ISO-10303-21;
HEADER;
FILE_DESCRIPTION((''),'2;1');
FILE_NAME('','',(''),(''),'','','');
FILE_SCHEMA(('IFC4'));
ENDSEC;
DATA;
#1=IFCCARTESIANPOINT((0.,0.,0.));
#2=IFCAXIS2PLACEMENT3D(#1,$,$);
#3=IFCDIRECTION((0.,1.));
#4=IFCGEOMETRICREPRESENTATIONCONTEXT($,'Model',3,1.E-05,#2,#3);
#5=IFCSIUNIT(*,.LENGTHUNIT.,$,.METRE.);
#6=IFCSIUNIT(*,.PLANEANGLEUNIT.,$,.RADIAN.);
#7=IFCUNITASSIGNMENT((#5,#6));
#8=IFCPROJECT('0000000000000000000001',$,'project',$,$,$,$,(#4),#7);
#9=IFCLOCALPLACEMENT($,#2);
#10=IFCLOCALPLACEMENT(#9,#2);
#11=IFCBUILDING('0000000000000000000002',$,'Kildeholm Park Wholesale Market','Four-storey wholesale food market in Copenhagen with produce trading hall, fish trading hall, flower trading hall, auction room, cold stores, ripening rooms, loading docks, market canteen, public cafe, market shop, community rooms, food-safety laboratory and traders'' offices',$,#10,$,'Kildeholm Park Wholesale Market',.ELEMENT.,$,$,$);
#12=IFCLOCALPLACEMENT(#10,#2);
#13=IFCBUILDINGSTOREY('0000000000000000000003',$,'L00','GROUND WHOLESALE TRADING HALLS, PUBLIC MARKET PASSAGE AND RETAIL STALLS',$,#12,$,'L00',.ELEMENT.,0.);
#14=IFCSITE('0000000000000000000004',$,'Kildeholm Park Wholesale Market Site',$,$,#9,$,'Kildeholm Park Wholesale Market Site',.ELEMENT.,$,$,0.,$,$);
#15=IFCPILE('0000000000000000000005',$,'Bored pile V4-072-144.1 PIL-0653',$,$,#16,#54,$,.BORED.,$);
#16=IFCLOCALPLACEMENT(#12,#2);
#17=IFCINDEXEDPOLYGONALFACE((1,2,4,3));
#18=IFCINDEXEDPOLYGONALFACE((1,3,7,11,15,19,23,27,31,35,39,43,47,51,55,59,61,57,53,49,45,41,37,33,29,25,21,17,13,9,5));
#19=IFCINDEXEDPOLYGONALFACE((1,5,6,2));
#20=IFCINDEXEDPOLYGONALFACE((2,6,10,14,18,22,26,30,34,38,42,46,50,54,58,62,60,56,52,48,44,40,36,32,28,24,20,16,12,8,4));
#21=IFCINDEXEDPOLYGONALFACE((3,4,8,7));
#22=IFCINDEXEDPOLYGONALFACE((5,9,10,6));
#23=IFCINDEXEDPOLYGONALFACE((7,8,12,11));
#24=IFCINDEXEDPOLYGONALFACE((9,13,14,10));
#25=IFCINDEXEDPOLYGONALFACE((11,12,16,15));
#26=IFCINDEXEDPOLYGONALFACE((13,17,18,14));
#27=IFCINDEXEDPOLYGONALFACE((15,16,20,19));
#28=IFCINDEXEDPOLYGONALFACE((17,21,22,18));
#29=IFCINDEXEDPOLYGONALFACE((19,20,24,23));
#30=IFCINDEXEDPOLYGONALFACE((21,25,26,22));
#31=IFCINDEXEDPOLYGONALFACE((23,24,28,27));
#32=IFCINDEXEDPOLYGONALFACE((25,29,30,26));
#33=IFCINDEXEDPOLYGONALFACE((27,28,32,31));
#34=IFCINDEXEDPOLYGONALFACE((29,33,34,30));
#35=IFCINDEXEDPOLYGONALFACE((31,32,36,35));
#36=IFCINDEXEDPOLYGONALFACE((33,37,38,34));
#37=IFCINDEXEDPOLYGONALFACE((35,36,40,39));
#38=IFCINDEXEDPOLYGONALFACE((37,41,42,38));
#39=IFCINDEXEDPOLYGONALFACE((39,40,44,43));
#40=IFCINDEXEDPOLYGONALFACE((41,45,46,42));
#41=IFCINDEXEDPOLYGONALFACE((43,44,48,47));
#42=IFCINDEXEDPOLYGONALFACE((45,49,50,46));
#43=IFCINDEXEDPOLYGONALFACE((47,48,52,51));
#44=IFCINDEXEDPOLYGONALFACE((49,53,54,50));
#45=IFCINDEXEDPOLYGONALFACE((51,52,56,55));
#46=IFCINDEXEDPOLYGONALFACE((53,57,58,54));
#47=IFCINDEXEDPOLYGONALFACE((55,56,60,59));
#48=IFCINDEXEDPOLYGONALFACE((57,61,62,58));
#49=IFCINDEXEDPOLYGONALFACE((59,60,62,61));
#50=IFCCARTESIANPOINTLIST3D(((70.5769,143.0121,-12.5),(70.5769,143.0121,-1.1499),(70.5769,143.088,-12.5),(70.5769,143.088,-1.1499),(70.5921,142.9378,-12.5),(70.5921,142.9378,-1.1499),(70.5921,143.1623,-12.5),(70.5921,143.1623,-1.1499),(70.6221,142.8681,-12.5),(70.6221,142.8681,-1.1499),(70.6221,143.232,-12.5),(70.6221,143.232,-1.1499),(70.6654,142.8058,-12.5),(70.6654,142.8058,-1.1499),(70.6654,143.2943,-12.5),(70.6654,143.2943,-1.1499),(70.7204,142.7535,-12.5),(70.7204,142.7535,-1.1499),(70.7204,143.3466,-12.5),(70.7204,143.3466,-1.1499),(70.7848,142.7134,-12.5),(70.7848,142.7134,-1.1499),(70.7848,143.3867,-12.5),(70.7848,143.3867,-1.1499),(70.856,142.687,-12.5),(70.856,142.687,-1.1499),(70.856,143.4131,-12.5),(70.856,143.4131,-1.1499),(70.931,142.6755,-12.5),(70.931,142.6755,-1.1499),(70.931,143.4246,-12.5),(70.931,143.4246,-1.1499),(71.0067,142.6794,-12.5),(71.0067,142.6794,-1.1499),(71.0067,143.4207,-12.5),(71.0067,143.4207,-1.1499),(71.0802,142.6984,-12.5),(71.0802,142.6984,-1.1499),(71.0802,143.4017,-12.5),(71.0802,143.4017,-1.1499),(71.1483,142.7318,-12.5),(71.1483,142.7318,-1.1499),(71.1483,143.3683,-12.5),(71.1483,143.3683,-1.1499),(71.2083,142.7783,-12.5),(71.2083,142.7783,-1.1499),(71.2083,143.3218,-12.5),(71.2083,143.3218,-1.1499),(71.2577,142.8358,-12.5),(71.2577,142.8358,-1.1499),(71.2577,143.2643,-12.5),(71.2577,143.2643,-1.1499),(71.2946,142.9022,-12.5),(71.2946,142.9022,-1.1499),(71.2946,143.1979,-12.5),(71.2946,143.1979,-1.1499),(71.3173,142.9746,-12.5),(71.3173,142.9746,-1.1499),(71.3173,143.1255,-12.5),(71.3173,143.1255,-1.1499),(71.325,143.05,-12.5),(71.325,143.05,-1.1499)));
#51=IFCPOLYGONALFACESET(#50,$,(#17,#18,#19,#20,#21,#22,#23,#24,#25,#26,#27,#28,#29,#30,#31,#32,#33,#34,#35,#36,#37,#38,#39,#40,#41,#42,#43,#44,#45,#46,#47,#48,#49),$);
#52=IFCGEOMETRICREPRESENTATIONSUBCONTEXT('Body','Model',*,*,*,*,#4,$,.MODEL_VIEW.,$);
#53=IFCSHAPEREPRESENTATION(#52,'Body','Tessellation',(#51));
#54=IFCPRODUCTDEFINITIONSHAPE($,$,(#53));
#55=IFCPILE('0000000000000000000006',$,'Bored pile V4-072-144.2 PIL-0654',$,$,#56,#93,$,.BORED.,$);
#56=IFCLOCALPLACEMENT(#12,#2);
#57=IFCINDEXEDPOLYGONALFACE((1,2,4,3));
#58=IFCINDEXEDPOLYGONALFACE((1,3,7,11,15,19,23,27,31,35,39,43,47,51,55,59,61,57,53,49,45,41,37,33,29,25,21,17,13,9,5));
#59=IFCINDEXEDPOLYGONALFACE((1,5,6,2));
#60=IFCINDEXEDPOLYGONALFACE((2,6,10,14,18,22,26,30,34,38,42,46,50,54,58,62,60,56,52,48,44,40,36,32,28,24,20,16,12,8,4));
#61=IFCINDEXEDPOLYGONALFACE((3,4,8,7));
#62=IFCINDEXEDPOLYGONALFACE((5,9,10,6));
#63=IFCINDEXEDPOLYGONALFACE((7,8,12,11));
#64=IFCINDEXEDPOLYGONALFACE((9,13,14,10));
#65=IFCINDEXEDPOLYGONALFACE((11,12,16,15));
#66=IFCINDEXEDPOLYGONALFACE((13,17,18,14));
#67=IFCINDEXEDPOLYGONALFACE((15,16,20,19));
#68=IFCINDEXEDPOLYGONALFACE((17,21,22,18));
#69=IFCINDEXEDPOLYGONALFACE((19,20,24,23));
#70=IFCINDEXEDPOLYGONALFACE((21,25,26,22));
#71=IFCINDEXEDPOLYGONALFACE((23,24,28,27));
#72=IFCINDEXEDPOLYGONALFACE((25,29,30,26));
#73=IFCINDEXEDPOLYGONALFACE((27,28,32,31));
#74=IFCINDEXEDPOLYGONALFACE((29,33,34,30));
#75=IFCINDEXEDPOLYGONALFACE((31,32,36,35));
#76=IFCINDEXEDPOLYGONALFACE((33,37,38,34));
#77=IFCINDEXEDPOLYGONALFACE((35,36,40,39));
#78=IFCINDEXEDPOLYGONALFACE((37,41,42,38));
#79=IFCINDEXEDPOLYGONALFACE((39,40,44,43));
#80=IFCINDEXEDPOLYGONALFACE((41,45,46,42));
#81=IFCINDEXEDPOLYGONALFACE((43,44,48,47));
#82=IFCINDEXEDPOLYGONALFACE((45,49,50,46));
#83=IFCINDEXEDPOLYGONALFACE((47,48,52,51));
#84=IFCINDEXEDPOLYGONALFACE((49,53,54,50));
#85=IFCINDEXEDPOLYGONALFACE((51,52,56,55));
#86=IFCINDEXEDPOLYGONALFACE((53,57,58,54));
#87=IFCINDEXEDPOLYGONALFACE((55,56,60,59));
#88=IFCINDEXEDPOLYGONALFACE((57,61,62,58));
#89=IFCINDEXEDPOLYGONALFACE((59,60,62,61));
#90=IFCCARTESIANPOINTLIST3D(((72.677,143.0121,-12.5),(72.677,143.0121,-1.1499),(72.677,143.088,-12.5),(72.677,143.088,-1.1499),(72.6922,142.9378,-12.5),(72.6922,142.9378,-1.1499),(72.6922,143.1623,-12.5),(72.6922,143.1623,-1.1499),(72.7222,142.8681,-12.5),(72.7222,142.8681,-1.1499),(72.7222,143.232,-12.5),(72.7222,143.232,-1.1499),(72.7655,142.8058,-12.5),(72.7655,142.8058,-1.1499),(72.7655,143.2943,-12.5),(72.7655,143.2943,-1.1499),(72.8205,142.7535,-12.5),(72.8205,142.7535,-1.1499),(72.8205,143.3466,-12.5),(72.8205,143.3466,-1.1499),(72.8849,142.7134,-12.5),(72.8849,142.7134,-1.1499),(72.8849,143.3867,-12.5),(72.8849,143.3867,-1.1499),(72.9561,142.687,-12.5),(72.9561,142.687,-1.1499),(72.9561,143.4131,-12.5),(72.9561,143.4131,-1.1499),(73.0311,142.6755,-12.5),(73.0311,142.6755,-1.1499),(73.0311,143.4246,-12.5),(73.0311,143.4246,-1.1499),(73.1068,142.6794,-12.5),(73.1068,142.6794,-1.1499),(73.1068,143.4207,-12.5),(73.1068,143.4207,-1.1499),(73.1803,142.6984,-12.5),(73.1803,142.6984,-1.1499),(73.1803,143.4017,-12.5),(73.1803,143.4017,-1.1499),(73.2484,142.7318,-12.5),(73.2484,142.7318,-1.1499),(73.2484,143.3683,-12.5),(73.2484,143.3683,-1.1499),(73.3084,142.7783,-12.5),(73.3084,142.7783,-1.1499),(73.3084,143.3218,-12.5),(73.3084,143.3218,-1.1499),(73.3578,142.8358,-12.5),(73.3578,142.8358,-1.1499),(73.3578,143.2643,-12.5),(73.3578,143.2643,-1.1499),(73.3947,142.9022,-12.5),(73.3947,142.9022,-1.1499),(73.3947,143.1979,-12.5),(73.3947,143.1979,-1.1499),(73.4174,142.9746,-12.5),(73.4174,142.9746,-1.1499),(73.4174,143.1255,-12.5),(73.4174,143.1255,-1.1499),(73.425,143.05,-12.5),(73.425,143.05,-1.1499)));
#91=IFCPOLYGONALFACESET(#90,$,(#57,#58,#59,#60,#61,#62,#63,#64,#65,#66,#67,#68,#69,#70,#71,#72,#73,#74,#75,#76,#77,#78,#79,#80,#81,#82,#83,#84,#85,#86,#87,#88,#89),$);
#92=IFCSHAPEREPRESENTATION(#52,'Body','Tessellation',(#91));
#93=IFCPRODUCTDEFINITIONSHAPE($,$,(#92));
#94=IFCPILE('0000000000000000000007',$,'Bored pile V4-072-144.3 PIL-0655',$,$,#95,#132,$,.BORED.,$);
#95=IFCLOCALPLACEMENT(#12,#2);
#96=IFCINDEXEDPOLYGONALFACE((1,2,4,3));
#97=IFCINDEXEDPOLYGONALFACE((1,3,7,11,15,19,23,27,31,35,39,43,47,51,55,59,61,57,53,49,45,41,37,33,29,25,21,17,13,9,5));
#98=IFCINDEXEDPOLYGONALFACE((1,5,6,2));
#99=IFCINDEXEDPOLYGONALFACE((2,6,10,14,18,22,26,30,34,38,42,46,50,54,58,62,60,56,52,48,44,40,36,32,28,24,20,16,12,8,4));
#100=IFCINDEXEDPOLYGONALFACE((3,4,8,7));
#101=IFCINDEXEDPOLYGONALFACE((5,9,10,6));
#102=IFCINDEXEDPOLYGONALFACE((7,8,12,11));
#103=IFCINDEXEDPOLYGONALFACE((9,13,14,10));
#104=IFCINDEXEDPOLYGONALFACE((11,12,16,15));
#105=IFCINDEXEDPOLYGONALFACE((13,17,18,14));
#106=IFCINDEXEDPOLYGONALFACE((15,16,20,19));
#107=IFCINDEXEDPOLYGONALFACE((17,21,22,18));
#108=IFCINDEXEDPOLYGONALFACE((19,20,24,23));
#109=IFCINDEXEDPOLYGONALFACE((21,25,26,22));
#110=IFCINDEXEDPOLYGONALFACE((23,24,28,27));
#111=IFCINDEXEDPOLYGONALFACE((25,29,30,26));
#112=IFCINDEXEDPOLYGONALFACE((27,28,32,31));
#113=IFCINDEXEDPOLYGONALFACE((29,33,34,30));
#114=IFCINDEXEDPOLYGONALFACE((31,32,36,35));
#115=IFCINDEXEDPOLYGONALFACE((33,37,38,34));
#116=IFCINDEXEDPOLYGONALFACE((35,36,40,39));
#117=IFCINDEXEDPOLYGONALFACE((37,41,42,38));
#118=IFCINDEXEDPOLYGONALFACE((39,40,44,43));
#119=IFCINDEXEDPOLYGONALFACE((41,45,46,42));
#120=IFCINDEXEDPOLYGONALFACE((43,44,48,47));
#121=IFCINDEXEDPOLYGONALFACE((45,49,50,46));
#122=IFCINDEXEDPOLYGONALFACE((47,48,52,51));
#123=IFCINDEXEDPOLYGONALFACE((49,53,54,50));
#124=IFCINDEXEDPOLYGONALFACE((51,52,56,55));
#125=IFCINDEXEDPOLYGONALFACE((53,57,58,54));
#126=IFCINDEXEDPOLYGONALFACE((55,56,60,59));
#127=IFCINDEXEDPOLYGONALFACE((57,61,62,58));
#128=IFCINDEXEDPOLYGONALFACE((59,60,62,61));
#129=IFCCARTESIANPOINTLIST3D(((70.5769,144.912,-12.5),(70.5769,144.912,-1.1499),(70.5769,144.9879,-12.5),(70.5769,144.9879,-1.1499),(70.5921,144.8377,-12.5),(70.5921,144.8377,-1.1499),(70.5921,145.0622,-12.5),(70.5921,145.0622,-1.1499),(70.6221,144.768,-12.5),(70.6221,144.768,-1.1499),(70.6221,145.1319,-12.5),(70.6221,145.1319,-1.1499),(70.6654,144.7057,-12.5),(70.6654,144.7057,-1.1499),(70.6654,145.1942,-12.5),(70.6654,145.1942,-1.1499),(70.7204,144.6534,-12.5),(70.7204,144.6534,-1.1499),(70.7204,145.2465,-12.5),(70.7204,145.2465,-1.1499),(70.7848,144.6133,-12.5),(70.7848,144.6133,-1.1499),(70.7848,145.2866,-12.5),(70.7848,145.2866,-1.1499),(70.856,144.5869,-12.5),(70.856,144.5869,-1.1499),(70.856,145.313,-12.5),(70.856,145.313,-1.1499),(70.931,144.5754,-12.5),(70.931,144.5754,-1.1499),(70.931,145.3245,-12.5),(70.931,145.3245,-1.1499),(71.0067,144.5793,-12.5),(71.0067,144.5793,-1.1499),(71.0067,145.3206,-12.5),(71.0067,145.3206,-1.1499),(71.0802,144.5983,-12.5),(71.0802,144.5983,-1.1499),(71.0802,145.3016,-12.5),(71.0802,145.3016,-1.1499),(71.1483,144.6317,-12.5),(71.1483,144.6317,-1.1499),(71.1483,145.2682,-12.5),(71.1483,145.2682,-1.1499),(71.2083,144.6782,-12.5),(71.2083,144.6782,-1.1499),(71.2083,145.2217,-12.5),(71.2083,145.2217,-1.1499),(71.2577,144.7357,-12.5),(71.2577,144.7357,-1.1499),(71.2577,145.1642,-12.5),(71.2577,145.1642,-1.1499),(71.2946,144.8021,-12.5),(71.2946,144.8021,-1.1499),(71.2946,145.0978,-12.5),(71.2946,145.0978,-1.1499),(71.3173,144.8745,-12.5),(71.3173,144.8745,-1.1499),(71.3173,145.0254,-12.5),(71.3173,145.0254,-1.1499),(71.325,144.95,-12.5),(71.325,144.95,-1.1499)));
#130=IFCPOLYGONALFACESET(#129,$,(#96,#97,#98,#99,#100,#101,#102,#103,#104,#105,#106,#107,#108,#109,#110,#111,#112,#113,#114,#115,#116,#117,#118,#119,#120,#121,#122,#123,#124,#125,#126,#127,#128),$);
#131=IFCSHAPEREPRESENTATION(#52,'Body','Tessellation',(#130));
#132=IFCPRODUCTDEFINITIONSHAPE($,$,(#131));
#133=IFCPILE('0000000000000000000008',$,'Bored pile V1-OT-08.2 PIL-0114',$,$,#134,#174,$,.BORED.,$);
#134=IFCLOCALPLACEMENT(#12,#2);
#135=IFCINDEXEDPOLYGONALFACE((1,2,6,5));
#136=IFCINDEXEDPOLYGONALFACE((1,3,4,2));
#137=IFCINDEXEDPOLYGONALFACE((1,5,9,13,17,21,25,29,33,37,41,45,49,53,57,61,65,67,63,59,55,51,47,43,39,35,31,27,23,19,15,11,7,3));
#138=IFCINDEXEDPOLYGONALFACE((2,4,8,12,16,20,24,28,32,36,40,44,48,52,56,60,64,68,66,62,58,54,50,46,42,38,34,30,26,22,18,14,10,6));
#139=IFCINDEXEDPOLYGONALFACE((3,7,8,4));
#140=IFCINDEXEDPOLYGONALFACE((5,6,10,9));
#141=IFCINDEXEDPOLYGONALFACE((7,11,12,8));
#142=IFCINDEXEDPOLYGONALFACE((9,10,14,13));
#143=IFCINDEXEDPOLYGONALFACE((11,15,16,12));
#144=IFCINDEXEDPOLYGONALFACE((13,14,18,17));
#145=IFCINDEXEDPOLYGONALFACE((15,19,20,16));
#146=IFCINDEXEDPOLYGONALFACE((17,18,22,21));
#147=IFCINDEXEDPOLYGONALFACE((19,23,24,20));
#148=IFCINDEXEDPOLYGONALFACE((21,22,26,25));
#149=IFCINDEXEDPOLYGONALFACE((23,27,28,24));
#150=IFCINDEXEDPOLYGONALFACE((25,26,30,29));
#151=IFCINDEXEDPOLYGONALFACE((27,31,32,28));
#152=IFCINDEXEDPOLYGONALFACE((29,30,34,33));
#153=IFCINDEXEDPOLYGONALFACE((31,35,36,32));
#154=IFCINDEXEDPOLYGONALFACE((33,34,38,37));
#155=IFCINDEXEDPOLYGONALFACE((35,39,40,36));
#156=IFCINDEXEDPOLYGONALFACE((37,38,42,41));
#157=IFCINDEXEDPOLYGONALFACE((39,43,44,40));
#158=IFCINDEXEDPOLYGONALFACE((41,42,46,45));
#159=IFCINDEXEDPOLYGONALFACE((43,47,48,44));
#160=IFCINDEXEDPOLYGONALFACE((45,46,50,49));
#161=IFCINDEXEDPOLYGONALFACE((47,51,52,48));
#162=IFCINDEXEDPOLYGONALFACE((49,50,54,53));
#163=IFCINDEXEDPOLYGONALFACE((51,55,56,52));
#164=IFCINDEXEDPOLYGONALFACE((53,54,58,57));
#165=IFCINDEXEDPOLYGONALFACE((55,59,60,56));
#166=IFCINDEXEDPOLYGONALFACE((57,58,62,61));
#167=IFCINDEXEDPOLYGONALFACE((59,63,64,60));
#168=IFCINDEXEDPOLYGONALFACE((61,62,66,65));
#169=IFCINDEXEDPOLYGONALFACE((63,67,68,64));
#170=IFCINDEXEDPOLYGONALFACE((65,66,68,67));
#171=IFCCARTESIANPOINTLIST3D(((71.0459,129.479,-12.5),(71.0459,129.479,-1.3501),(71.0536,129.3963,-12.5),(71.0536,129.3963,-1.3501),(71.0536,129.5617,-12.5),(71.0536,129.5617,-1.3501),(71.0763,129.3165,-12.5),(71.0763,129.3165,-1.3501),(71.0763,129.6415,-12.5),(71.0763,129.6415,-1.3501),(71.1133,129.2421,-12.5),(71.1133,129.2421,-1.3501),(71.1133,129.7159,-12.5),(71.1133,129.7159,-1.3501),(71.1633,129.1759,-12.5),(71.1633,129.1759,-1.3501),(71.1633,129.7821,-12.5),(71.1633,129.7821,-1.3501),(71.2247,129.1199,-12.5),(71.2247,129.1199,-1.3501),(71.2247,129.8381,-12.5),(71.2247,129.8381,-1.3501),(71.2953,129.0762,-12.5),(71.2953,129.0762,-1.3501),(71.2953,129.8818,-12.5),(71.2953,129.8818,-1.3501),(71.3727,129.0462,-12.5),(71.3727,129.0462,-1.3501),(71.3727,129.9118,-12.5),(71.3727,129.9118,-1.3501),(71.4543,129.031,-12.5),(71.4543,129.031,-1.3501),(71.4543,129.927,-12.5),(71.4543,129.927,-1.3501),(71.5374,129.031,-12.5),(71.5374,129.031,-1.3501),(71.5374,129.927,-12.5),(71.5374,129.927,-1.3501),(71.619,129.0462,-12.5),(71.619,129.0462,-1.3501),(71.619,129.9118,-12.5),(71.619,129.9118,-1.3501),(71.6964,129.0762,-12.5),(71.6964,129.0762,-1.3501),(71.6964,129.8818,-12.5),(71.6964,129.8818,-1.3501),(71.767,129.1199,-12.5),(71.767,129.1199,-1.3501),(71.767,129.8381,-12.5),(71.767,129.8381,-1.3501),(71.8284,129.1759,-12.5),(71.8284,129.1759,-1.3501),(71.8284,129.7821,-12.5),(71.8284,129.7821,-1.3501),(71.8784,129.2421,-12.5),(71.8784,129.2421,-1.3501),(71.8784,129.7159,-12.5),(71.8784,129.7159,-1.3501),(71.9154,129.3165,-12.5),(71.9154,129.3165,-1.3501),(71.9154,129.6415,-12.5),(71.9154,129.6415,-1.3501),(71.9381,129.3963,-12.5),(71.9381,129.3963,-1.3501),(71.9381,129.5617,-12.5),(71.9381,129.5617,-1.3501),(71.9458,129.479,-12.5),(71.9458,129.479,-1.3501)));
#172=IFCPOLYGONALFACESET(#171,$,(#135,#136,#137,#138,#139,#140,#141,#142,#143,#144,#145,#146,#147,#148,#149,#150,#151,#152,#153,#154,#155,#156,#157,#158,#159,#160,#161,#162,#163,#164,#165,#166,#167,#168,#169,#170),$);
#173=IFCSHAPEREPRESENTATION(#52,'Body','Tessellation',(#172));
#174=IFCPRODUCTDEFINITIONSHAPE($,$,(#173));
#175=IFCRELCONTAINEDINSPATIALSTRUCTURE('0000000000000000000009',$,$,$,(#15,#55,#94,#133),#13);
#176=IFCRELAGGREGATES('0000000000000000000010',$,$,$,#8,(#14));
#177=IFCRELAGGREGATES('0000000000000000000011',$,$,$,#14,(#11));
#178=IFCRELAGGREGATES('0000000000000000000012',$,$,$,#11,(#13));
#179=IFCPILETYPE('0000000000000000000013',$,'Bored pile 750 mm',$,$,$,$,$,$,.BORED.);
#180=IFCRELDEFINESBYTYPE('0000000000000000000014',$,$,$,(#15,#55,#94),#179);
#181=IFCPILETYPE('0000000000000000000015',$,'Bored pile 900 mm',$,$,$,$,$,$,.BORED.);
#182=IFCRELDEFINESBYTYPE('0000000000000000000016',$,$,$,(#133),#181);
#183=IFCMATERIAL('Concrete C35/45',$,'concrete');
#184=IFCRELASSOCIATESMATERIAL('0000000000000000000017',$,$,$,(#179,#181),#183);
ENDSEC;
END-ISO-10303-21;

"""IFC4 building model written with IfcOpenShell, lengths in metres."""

from ifc_helpers import new_model, si_unit, direction, frame, origin, origin_2d, place, context, subcontext, project, spatial, circle, extrude, material, material_profile, profile_set, type_object, element, save


model = new_model("IFC4")

# Units and contexts
model_context = context("Model", 3, precision=1e-05, world=origin(), true_north=direction((0.0, 1.0)))
body_context = subcontext(model_context, "Body", "Model", "MODEL_VIEW")
ifc_project = project(units=[si_unit("LENGTHUNIT", "METRE"), si_unit("PLANEANGLEUNIT", "RADIAN")], contexts=[model_context])

# Site, building, storey
site_placement = place(None, origin())
site = spatial("IfcSite", under=ifc_project, at=site_placement, Name="Kildeholm Park Wholesale Market Site", LongName="Kildeholm Park Wholesale Market Site", CompositionType="ELEMENT", RefElevation=0.0)
building_placement = place(site_placement, origin())
building = spatial("IfcBuilding", under=site, at=building_placement, Name="Kildeholm Park Wholesale Market", Description="Four-storey wholesale food market in Copenhagen with produce trading hall, fish trading hall, flower trading hall, auction room, cold stores, ripening rooms, loading docks, market canteen, public cafe, market shop, community rooms, food-safety laboratory and traders' offices", LongName="Kildeholm Park Wholesale Market", CompositionType="ELEMENT")
storey_placement = place(building_placement, origin())
storey = spatial("IfcBuildingStorey", under=building, at=storey_placement, Name="L00", Description="GROUND WHOLESALE TRADING HALLS, PUBLIC MARKET PASSAGE AND RETAIL STALLS", LongName="L00", CompositionType="ELEMENT", Elevation=0.0)

# Piles
ifc_material_1 = material(Name="Concrete C35/45", Category="concrete")
ifc_material_profile_1 = material_profile(ifc_material_1, circle(Radius=0.375, at=origin_2d()), Name="PILE D750")
ifc_profile_set_1 = profile_set([ifc_material_profile_1], Name="Concrete C35/45")
pile_type_1 = type_object("IfcPileType", Name="Bored pile 750 mm", PredefinedType="BORED", material=ifc_profile_set_1)
for number, where, z_axis, x_axis, name in (
    (1, (70.95, 143.05, -1.1499), (0.0, 0.0, -1.0), (1.0, 0.0, 0.0), "Bored pile V4-072-144.1 PIL-0653"),
    (2, (73.05, 143.05, -1.1499), (0.0, 0.0, -1.0), (1.0, 0.0, 0.0), "Bored pile V4-072-144.2 PIL-0654"),
    (3, (70.95, 144.95, -1.1499), (0.0, 0.0, -1.0), (1.0, 0.0, 0.0), "Bored pile V4-072-144.3 PIL-0655"),
):
    element("IfcPile", number, at=place(storey_placement, frame(where, z_axis=z_axis, x_axis=x_axis)), inside=storey, type_object=pile_type_1, Name=name, PredefinedType="BORED", context=body_context, shape_type="SweptSolid", body=[
        extrude(circle(Radius=0.375, at=origin_2d()), origin(), (0.0, 0.0, 1.0), 11.3501),
    ])
ifc_material_profile_2 = material_profile(ifc_material_1, circle(Radius=0.45, at=origin_2d()), Name="PILE D900")
ifc_profile_set_2 = profile_set([ifc_material_profile_2], Name="Concrete C35/45")
pile_type_2 = type_object("IfcPileType", Name="Bored pile 900 mm", PredefinedType="BORED", material=ifc_profile_set_2)
for number, where, z_axis, x_axis, name in (
    (4, (71.4958, 129.479, -1.3501), (0.0, 0.0, -1.0), (1.0, 0.0, 0.0), "Bored pile V1-OT-08.2 PIL-0114"),
):
    element("IfcPile", number, at=place(storey_placement, frame(where, z_axis=z_axis, x_axis=x_axis)), inside=storey, type_object=pile_type_2, Name=name, PredefinedType="BORED", context=body_context, shape_type="SweptSolid", body=[
        extrude(circle(Radius=0.45, at=origin_2d()), origin(), (0.0, 0.0, 1.0), 11.1499),
    ])

save(model, "model.ifc")
